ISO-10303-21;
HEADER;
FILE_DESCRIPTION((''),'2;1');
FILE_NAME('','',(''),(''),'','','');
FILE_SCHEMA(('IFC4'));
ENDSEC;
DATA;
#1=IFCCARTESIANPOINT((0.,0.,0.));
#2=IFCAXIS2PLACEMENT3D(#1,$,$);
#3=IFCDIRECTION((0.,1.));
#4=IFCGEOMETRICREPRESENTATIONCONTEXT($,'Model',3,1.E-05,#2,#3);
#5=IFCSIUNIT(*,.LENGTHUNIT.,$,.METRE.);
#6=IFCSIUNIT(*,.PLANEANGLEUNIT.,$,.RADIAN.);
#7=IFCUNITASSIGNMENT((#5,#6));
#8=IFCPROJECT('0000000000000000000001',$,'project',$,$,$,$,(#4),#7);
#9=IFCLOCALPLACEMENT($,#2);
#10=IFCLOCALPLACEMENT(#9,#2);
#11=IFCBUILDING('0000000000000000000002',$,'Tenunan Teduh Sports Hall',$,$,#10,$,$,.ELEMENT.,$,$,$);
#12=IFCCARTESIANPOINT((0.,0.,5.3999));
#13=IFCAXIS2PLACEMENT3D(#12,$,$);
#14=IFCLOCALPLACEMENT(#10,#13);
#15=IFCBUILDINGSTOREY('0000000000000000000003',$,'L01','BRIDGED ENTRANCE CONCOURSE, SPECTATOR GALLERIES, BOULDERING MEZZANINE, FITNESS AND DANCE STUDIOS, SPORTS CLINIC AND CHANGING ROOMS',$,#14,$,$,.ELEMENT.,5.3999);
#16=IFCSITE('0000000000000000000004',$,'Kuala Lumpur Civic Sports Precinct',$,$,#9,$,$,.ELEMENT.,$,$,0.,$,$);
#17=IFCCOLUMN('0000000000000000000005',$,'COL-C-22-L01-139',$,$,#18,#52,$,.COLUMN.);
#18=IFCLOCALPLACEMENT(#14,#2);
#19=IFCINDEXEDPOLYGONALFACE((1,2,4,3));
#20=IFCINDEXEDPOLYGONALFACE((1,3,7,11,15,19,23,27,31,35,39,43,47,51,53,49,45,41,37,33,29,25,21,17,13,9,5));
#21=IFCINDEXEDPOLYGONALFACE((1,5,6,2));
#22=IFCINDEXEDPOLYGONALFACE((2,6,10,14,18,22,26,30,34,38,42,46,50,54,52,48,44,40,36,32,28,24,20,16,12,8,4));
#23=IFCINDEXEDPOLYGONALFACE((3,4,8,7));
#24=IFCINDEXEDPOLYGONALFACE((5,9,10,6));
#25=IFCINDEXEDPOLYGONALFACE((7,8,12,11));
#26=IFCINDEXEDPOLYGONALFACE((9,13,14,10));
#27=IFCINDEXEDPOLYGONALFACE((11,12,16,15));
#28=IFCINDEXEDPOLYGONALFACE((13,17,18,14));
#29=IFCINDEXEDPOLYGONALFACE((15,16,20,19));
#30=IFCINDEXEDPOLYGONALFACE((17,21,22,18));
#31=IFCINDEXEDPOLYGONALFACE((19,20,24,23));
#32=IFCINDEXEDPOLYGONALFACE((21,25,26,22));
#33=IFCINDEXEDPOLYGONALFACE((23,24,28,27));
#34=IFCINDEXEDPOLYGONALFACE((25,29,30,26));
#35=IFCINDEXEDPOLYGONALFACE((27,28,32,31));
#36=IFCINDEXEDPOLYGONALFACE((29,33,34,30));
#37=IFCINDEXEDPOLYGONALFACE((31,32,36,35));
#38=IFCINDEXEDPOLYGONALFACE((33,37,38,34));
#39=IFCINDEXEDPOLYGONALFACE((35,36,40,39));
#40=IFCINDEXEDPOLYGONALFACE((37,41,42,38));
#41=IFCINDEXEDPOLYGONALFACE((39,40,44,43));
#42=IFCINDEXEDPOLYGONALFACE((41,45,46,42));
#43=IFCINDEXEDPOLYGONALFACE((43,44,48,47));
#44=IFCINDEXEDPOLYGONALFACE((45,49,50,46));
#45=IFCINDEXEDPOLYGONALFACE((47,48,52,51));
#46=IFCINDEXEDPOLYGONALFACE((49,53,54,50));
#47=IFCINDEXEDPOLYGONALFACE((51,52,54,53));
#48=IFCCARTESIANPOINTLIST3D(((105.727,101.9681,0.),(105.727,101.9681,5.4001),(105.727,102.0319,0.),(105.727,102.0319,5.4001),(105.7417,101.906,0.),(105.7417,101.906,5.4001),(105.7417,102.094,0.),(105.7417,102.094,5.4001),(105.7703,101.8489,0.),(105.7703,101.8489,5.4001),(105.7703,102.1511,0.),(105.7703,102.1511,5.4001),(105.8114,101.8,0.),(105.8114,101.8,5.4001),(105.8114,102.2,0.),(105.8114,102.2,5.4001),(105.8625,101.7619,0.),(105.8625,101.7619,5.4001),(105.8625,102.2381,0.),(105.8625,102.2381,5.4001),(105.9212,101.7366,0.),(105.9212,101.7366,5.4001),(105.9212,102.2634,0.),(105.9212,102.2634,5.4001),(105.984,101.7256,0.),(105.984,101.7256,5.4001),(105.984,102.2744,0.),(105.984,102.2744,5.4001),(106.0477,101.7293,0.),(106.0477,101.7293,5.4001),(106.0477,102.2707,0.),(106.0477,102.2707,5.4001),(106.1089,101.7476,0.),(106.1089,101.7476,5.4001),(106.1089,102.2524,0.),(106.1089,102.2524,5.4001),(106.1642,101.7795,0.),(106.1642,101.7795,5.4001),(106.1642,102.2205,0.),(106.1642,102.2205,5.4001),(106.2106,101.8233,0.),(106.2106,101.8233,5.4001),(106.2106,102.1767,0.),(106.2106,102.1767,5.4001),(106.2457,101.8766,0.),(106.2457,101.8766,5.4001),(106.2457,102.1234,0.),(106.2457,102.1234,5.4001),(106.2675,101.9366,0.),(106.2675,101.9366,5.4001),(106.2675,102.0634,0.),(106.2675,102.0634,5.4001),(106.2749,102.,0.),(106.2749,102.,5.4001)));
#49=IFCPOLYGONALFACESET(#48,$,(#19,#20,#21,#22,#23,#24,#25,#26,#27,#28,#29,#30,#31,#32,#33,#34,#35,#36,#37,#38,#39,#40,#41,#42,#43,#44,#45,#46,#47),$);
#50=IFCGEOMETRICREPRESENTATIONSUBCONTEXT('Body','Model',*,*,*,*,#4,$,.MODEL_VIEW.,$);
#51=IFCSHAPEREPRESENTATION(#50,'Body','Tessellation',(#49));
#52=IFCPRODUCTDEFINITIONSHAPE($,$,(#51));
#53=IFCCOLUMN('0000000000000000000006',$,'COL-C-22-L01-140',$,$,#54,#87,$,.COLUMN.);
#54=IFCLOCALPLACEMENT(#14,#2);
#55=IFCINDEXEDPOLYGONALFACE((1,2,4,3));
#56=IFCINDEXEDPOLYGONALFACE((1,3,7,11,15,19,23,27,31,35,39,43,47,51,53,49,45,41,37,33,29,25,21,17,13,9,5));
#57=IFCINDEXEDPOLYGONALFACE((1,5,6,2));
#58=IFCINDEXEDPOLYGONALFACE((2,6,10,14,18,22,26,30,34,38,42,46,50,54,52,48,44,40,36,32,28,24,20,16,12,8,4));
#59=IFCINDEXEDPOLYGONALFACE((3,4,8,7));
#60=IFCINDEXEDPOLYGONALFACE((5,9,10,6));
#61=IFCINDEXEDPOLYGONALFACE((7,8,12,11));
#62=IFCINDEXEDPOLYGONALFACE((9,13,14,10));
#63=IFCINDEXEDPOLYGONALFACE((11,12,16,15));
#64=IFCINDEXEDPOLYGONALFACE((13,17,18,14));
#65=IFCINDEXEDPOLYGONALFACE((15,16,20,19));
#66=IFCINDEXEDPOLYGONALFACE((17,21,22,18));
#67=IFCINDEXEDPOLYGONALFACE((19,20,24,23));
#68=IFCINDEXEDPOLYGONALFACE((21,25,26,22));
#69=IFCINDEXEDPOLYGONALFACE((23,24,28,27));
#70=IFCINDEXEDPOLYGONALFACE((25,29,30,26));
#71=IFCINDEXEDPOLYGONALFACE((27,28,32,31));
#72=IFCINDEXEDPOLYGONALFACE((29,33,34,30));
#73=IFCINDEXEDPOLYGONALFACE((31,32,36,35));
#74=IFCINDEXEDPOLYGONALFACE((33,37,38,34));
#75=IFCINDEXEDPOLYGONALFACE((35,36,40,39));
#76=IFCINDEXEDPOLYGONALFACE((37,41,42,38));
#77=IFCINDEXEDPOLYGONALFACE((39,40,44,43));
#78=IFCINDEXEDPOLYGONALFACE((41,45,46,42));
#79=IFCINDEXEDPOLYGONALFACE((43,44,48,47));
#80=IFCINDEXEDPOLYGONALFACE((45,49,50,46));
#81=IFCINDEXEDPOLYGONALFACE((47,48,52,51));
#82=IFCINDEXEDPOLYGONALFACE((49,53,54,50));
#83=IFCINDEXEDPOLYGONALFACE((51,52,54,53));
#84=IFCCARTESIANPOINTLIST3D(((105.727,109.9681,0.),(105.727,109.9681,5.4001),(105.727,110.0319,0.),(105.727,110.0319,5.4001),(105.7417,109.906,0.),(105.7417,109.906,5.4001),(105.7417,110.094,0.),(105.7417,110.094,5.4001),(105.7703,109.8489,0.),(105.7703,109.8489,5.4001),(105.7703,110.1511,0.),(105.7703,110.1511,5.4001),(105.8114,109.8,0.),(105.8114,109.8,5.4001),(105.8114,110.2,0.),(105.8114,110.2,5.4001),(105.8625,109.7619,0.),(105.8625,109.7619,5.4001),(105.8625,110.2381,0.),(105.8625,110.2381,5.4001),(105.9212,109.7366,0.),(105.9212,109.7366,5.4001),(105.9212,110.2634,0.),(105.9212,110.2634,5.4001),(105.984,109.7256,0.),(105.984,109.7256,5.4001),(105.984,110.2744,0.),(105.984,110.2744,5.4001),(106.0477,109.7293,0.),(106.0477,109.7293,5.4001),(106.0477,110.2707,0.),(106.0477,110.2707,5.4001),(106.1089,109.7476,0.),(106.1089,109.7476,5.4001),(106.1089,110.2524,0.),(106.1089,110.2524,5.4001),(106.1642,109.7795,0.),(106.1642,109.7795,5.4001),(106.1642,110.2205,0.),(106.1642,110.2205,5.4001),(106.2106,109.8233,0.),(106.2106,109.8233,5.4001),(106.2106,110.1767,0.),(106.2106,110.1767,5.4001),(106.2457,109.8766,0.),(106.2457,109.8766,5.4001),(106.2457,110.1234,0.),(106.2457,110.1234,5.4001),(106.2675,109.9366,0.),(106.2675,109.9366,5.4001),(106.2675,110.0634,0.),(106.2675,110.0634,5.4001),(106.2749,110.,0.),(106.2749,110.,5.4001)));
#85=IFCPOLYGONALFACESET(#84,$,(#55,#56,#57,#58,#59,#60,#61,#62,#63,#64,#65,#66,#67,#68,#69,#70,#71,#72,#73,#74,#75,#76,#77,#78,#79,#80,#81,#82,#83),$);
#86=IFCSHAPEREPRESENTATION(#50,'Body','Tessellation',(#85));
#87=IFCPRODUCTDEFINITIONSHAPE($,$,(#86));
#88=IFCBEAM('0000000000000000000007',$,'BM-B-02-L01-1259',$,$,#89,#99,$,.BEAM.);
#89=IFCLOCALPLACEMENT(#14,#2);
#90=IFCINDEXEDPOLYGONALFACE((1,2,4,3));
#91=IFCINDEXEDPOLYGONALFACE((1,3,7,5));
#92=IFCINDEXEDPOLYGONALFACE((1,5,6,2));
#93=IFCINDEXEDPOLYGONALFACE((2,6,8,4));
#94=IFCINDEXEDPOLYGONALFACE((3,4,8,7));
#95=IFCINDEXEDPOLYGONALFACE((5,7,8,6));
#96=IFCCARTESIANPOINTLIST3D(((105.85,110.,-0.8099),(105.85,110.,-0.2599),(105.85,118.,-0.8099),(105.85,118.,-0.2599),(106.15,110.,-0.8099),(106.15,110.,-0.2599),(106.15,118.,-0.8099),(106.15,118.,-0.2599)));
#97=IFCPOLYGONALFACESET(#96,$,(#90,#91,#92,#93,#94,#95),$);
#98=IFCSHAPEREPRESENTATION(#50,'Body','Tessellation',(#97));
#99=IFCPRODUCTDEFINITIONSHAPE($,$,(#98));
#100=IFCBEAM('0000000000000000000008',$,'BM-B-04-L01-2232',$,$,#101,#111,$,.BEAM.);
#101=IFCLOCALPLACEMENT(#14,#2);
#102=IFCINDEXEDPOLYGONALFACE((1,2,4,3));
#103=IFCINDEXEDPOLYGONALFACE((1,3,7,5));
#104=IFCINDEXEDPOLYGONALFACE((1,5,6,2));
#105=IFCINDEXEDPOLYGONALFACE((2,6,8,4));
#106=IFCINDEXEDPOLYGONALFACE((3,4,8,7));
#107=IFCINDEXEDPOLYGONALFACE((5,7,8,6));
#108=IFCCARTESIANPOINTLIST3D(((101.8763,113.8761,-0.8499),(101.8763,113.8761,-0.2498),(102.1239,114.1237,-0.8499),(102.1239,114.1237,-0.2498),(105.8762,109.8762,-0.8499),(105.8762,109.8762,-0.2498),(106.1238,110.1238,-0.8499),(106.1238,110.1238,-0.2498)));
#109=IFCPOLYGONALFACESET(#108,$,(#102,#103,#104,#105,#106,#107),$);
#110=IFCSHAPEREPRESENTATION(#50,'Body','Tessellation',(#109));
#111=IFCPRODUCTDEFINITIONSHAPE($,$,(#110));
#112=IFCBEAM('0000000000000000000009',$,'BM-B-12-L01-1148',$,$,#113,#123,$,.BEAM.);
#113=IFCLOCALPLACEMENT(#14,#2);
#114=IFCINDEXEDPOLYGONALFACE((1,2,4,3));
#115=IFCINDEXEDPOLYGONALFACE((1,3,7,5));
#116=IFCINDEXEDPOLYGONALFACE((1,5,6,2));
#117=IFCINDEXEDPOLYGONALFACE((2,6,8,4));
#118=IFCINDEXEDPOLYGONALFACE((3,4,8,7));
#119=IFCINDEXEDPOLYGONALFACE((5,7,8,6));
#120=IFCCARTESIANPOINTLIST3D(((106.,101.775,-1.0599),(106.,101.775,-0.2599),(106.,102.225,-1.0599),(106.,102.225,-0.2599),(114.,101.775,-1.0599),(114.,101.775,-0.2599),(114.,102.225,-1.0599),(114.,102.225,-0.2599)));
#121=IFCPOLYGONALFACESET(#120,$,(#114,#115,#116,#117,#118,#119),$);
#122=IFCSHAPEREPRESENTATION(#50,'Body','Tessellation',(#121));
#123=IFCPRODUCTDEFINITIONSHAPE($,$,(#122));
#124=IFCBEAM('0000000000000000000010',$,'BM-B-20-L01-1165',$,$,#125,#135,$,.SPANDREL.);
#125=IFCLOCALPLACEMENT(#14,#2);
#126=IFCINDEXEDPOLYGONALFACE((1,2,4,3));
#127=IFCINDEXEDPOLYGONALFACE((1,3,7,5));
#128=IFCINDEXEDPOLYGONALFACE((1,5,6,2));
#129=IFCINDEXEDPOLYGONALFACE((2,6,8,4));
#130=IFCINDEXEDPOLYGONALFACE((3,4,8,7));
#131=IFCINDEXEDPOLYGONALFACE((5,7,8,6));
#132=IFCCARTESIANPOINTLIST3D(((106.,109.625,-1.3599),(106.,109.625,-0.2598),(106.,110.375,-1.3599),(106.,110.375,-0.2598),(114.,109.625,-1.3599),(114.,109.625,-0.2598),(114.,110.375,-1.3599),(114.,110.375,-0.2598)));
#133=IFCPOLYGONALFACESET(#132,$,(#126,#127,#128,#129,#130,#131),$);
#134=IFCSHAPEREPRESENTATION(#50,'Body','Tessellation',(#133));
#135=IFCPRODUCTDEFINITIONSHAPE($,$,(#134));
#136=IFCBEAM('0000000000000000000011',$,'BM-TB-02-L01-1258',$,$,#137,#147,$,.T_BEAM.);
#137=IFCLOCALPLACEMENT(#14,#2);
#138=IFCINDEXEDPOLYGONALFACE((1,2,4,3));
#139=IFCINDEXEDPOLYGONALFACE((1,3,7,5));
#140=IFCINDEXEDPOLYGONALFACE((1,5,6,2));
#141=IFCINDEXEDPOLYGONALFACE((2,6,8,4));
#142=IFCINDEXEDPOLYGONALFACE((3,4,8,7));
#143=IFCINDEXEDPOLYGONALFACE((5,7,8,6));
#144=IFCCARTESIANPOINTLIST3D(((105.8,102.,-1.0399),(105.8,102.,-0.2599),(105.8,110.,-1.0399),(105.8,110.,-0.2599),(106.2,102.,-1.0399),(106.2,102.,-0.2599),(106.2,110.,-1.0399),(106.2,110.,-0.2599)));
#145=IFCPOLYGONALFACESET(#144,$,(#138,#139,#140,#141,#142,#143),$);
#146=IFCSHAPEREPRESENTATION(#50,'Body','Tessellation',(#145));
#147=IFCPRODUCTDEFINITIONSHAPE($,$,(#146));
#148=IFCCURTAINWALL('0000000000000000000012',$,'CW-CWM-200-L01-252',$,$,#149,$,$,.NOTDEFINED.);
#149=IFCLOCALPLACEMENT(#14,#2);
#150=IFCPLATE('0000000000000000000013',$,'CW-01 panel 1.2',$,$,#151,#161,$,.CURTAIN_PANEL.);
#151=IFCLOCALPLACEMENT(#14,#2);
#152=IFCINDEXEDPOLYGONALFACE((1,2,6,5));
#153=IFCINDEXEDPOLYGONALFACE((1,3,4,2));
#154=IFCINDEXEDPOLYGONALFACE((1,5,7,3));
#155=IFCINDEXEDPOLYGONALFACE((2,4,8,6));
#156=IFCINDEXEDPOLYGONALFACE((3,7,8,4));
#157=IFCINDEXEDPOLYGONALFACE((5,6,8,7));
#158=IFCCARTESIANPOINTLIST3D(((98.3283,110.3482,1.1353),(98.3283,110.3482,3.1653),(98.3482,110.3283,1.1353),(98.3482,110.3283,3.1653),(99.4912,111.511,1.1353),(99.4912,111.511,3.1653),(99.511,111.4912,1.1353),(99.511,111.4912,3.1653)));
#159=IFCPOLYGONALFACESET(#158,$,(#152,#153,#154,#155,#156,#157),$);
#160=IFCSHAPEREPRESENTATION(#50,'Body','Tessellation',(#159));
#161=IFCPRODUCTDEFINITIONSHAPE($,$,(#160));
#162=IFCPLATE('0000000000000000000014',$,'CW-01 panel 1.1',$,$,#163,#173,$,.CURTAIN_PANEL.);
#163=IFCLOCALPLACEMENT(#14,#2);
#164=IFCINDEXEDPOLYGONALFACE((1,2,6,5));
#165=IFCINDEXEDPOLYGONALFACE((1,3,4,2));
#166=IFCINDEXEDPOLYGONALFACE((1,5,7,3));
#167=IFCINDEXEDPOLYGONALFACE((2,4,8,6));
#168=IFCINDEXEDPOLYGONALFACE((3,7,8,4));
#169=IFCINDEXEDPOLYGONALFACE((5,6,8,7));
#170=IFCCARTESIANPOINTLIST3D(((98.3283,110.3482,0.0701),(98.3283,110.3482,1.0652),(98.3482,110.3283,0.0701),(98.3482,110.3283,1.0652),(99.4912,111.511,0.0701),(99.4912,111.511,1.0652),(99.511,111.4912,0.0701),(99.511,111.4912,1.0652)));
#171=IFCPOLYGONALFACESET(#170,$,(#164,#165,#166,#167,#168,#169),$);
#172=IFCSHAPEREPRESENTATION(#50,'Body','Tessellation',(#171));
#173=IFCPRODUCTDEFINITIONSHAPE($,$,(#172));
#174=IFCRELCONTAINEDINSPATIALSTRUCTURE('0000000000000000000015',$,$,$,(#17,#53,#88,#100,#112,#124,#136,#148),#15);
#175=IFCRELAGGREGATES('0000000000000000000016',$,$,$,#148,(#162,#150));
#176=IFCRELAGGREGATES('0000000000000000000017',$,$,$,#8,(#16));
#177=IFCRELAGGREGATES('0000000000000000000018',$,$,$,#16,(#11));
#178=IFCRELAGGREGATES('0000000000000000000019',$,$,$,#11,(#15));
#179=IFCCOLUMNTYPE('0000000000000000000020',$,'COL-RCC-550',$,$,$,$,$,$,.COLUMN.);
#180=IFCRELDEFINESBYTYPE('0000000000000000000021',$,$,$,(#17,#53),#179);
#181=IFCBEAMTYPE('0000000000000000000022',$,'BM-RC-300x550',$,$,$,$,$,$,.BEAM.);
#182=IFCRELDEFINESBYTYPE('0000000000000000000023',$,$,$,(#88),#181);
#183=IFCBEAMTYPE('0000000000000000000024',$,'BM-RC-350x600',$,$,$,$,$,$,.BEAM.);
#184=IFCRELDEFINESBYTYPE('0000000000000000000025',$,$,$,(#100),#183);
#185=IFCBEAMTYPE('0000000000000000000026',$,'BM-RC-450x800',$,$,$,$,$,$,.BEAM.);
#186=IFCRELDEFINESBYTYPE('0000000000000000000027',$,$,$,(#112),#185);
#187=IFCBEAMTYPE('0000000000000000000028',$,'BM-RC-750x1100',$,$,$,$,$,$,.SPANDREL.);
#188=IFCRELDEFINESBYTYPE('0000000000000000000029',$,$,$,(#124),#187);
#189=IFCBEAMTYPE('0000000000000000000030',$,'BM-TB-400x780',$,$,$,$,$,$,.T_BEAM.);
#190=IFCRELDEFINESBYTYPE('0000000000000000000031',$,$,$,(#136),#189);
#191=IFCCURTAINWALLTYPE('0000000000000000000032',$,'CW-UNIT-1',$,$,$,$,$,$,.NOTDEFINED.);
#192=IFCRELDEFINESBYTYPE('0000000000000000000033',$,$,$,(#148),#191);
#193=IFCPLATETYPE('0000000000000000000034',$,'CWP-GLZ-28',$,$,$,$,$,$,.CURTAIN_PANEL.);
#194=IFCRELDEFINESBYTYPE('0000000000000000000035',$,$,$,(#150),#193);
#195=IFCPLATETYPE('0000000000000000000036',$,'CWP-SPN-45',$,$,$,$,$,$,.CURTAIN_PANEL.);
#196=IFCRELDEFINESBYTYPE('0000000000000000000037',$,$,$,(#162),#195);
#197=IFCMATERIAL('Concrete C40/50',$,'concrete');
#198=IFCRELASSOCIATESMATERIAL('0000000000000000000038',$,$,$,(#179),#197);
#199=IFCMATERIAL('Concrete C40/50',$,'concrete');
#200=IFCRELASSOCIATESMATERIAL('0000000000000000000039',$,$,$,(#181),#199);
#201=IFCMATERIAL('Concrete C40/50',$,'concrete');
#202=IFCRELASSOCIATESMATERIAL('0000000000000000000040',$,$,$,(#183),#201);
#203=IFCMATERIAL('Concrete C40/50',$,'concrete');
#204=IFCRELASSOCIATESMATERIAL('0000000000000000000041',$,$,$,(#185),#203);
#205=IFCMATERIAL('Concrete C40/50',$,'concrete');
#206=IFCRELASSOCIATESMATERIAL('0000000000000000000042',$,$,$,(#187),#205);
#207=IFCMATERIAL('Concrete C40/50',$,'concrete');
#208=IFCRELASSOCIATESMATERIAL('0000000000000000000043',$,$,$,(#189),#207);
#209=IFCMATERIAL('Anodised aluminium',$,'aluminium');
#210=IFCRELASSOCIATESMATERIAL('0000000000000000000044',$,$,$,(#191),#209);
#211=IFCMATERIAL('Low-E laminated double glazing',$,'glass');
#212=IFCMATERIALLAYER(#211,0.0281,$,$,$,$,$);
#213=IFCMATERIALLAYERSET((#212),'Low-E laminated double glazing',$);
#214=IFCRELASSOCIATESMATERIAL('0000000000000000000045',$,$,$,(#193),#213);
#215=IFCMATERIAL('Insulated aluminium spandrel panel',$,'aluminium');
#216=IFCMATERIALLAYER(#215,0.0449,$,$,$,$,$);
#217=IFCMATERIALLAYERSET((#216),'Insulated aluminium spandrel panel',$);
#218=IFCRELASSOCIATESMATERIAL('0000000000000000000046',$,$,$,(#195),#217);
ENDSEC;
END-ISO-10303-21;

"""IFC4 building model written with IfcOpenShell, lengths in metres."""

from ifc_helpers import new_model, si_unit, direction, frame, origin, origin_2d, place, context, subcontext, project, spatial, rectangle, circle, extrude, material, layer, layer_set, material_profile, profile_set, type_object, element, aggregate, save


model = new_model("IFC4")

# Units and contexts
model_context = context("Model", 3, precision=1e-05, world=origin(), true_north=direction((0.0, 1.0)))
body_context = subcontext(model_context, "Body", "Model", "MODEL_VIEW")
ifc_project = project(units=[si_unit("LENGTHUNIT", "METRE"), si_unit("PLANEANGLEUNIT", "RADIAN")], contexts=[model_context])

# Site, building, storey
site_placement = place(None, origin())
site = spatial("IfcSite", under=ifc_project, at=site_placement, Name="Kuala Lumpur Civic Sports Precinct", CompositionType="ELEMENT", RefElevation=0.0)
building_placement = place(site_placement, origin())
building = spatial("IfcBuilding", under=site, at=building_placement, Name="Tenunan Teduh Sports Hall", CompositionType="ELEMENT")
storey_placement = place(building_placement, frame((0.0, 0.0, 5.3999)))
storey = spatial("IfcBuildingStorey", under=building, at=storey_placement, Name="L01", Description="BRIDGED ENTRANCE CONCOURSE, SPECTATOR GALLERIES, BOULDERING MEZZANINE, FITNESS AND DANCE STUDIOS, SPORTS CLINIC AND CHANGING ROOMS", CompositionType="ELEMENT", Elevation=5.3999)

# Columns
ifc_material_1 = material(Name="Concrete C40/50", Category="concrete")
ifc_material_profile_1 = material_profile(ifc_material_1, circle(Radius=0.2749, at=origin_2d()), Name="RCC D550")
ifc_profile_set_1 = profile_set([ifc_material_profile_1], Name="Concrete C40/50")
column_type = type_object("IfcColumnType", Name="COL-RCC-550", PredefinedType="COLUMN", material=ifc_profile_set_1)
for number, where, z_axis, x_axis, name in (
    (1, (106.0, 102.0, 0.0), (0.0, 0.0, 1.0), (1.0, 0.0, 0.0), "COL-C-22-L01-139"),
    (2, (106.0, 110.0, 0.0), (0.0, 0.0, 1.0), (1.0, 0.0, 0.0), "COL-C-22-L01-140"),
):
    element("IfcColumn", number, at=place(storey_placement, frame(where, z_axis=z_axis, x_axis=x_axis)), inside=storey, type_object=column_type, Name=name, PredefinedType="COLUMN", context=body_context, shape_type="SweptSolid", body=[
        extrude(circle(Radius=0.2749, at=origin_2d()), origin(), (0.0, 0.0, 1.0), 5.4001),
    ])

# Beams
ifc_material_2 = material(Name="Concrete C40/50", Category="concrete")
ifc_material_profile_2 = material_profile(ifc_material_2, rectangle(XDim=0.3, YDim=0.55, at=origin_2d()), Name="RCB 300x550")
ifc_profile_set_2 = profile_set([ifc_material_profile_2], Name="Concrete C40/50")
beam_type_1 = type_object("IfcBeamType", Name="BM-RC-300x550", PredefinedType="BEAM", material=ifc_profile_set_2)
beam_1_placement = place(storey_placement, frame((106.0, 110.0, -0.5349), z_axis=(0.0, 1.0, 0.0), x_axis=(-1.0, 0.0, 0.0)))
element("IfcBeam", 3, at=beam_1_placement, inside=storey, type_object=beam_type_1, Name="BM-B-02-L01-1259", PredefinedType="BEAM", context=body_context, shape_type="SweptSolid", body=[
    extrude(rectangle(XDim=0.3, YDim=0.55, at=origin_2d()), origin(), (0.0, 0.0, 1.0), 8.0),
])
ifc_material_3 = material(Name="Concrete C40/50", Category="concrete")
ifc_material_profile_3 = material_profile(ifc_material_3, rectangle(XDim=0.3501, YDim=0.6001, at=origin_2d()), Name="RCB 350x600")
ifc_profile_set_3 = profile_set([ifc_material_profile_3], Name="Concrete C40/50")
beam_type_2 = type_object("IfcBeamType", Name="BM-RC-350x600", PredefinedType="BEAM", material=ifc_profile_set_3)
beam_2_placement = place(storey_placement, frame((106.0, 110.0, -0.5498), z_axis=(-0.707107, 0.707107, 0.0), x_axis=(-0.707107, -0.707107, 0.0)))
element("IfcBeam", 4, at=beam_2_placement, inside=storey, type_object=beam_type_2, Name="BM-B-04-L01-2232", PredefinedType="BEAM", context=body_context, shape_type="SweptSolid", body=[
    extrude(rectangle(XDim=0.3501, YDim=0.6001, at=origin_2d()), origin(), (0.0, 0.0, 1.0), 5.6567),
])
ifc_material_4 = material(Name="Concrete C40/50", Category="concrete")
ifc_material_profile_4 = material_profile(ifc_material_4, rectangle(XDim=0.45, YDim=0.8, at=origin_2d()), Name="RCB 450x800")
ifc_profile_set_4 = profile_set([ifc_material_profile_4], Name="Concrete C40/50")
beam_type_3 = type_object("IfcBeamType", Name="BM-RC-450x800", PredefinedType="BEAM", material=ifc_profile_set_4)
beam_3_placement = place(storey_placement, frame((106.0, 102.0, -0.6599), z_axis=(1.0, 0.0, 0.0), x_axis=(0.0, 1.0, 0.0)))
element("IfcBeam", 5, at=beam_3_placement, inside=storey, type_object=beam_type_3, Name="BM-B-12-L01-1148", PredefinedType="BEAM", context=body_context, shape_type="SweptSolid", body=[
    extrude(rectangle(XDim=0.45, YDim=0.8, at=origin_2d()), origin(), (0.0, 0.0, 1.0), 8.0),
])
ifc_material_5 = material(Name="Concrete C40/50", Category="concrete")
ifc_material_profile_5 = material_profile(ifc_material_5, rectangle(XDim=0.75, YDim=1.1001, at=origin_2d()), Name="RCB 750x1100")
ifc_profile_set_5 = profile_set([ifc_material_profile_5], Name="Concrete C40/50")
beam_type_4 = type_object("IfcBeamType", Name="BM-RC-750x1100", PredefinedType="SPANDREL", material=ifc_profile_set_5)
beam_4_placement = place(storey_placement, frame((106.0, 110.0, -0.8098), z_axis=(1.0, 0.0, 0.0), x_axis=(0.0, 1.0, 0.0)))
element("IfcBeam", 6, at=beam_4_placement, inside=storey, type_object=beam_type_4, Name="BM-B-20-L01-1165", PredefinedType="SPANDREL", context=body_context, shape_type="SweptSolid", body=[
    extrude(rectangle(XDim=0.75, YDim=1.1001, at=origin_2d()), origin(), (0.0, 0.0, 1.0), 8.0),
])
ifc_material_6 = material(Name="Concrete C40/50", Category="concrete")
ifc_material_profile_6 = material_profile(ifc_material_6, rectangle(XDim=0.3999, YDim=0.78, at=origin_2d()), Name="TB 400x780")
ifc_profile_set_6 = profile_set([ifc_material_profile_6], Name="Concrete C40/50")
beam_type_5 = type_object("IfcBeamType", Name="BM-TB-400x780", PredefinedType="T_BEAM", material=ifc_profile_set_6)
beam_5_placement = place(storey_placement, frame((106.0, 102.0, -0.6499), z_axis=(0.0, 1.0, 0.0), x_axis=(-1.0, 0.0, 0.0)))
element("IfcBeam", 7, at=beam_5_placement, inside=storey, type_object=beam_type_5, Name="BM-TB-02-L01-1258", PredefinedType="T_BEAM", context=body_context, shape_type="SweptSolid", body=[
    extrude(rectangle(XDim=0.3999, YDim=0.78, at=origin_2d()), origin(), (0.0, 0.0, 1.0), 8.0),
])

# Curtain wall, plates
ifc_material_7 = material(Name="Anodised aluminium", Category="aluminium")
curtain_wall_type = type_object("IfcCurtainWallType", Name="CW-UNIT-1", PredefinedType="NOTDEFINED", material=ifc_material_7)
curtain_wall_placement = place(storey_placement, origin())
curtain_wall = element("IfcCurtainWall", 8, at=curtain_wall_placement, inside=storey, type_object=curtain_wall_type, Name="CW-CWM-200-L01-252", PredefinedType="NOTDEFINED")
ifc_material_8 = material(Name="Low-E laminated double glazing", Category="glass")
ifc_layer_1 = layer(ifc_material_8, 0.0281)
ifc_layer_set_1 = layer_set([ifc_layer_1], Name="Low-E laminated double glazing")
plate_type_1 = type_object("IfcPlateType", Name="CWP-GLZ-28", PredefinedType="CURTAIN_PANEL", material=ifc_layer_set_1)
plate_1_placement = place(storey_placement, frame((98.9197, 110.9197, 1.1353), z_axis=(0.0, 0.0, 1.0), x_axis=(0.707107, 0.707107, 0.0)))
plate_1 = element("IfcPlate", 9, at=plate_1_placement, type_object=plate_type_1, Name="CW-01 panel 1.2", PredefinedType="CURTAIN_PANEL", context=body_context, shape_type="SweptSolid", body=[
    extrude(rectangle(XDim=1.6445, YDim=0.0281, at=origin_2d()), origin(), (0.0, 0.0, 1.0), 2.03),
])
ifc_material_9 = material(Name="Insulated aluminium spandrel panel", Category="aluminium")
ifc_layer_2 = layer(ifc_material_9, 0.0449)
ifc_layer_set_2 = layer_set([ifc_layer_2], Name="Insulated aluminium spandrel panel")
plate_type_2 = type_object("IfcPlateType", Name="CWP-SPN-45", PredefinedType="CURTAIN_PANEL", material=ifc_layer_set_2)
plate_2_placement = place(storey_placement, frame((98.9197, 110.9197, 0.0701), z_axis=(0.0, 0.0, 1.0), x_axis=(0.707107, 0.707107, 0.0)))
plate_2 = element("IfcPlate", 10, at=plate_2_placement, type_object=plate_type_2, Name="CW-01 panel 1.1", PredefinedType="CURTAIN_PANEL", context=body_context, shape_type="SweptSolid", body=[
    extrude(rectangle(XDim=1.6445, YDim=0.0281, at=origin_2d()), origin(), (0.0, 0.0, 1.0), 0.9951),
])
aggregate(curtain_wall, [plate_2, plate_1])

save(model, "model.ifc")
